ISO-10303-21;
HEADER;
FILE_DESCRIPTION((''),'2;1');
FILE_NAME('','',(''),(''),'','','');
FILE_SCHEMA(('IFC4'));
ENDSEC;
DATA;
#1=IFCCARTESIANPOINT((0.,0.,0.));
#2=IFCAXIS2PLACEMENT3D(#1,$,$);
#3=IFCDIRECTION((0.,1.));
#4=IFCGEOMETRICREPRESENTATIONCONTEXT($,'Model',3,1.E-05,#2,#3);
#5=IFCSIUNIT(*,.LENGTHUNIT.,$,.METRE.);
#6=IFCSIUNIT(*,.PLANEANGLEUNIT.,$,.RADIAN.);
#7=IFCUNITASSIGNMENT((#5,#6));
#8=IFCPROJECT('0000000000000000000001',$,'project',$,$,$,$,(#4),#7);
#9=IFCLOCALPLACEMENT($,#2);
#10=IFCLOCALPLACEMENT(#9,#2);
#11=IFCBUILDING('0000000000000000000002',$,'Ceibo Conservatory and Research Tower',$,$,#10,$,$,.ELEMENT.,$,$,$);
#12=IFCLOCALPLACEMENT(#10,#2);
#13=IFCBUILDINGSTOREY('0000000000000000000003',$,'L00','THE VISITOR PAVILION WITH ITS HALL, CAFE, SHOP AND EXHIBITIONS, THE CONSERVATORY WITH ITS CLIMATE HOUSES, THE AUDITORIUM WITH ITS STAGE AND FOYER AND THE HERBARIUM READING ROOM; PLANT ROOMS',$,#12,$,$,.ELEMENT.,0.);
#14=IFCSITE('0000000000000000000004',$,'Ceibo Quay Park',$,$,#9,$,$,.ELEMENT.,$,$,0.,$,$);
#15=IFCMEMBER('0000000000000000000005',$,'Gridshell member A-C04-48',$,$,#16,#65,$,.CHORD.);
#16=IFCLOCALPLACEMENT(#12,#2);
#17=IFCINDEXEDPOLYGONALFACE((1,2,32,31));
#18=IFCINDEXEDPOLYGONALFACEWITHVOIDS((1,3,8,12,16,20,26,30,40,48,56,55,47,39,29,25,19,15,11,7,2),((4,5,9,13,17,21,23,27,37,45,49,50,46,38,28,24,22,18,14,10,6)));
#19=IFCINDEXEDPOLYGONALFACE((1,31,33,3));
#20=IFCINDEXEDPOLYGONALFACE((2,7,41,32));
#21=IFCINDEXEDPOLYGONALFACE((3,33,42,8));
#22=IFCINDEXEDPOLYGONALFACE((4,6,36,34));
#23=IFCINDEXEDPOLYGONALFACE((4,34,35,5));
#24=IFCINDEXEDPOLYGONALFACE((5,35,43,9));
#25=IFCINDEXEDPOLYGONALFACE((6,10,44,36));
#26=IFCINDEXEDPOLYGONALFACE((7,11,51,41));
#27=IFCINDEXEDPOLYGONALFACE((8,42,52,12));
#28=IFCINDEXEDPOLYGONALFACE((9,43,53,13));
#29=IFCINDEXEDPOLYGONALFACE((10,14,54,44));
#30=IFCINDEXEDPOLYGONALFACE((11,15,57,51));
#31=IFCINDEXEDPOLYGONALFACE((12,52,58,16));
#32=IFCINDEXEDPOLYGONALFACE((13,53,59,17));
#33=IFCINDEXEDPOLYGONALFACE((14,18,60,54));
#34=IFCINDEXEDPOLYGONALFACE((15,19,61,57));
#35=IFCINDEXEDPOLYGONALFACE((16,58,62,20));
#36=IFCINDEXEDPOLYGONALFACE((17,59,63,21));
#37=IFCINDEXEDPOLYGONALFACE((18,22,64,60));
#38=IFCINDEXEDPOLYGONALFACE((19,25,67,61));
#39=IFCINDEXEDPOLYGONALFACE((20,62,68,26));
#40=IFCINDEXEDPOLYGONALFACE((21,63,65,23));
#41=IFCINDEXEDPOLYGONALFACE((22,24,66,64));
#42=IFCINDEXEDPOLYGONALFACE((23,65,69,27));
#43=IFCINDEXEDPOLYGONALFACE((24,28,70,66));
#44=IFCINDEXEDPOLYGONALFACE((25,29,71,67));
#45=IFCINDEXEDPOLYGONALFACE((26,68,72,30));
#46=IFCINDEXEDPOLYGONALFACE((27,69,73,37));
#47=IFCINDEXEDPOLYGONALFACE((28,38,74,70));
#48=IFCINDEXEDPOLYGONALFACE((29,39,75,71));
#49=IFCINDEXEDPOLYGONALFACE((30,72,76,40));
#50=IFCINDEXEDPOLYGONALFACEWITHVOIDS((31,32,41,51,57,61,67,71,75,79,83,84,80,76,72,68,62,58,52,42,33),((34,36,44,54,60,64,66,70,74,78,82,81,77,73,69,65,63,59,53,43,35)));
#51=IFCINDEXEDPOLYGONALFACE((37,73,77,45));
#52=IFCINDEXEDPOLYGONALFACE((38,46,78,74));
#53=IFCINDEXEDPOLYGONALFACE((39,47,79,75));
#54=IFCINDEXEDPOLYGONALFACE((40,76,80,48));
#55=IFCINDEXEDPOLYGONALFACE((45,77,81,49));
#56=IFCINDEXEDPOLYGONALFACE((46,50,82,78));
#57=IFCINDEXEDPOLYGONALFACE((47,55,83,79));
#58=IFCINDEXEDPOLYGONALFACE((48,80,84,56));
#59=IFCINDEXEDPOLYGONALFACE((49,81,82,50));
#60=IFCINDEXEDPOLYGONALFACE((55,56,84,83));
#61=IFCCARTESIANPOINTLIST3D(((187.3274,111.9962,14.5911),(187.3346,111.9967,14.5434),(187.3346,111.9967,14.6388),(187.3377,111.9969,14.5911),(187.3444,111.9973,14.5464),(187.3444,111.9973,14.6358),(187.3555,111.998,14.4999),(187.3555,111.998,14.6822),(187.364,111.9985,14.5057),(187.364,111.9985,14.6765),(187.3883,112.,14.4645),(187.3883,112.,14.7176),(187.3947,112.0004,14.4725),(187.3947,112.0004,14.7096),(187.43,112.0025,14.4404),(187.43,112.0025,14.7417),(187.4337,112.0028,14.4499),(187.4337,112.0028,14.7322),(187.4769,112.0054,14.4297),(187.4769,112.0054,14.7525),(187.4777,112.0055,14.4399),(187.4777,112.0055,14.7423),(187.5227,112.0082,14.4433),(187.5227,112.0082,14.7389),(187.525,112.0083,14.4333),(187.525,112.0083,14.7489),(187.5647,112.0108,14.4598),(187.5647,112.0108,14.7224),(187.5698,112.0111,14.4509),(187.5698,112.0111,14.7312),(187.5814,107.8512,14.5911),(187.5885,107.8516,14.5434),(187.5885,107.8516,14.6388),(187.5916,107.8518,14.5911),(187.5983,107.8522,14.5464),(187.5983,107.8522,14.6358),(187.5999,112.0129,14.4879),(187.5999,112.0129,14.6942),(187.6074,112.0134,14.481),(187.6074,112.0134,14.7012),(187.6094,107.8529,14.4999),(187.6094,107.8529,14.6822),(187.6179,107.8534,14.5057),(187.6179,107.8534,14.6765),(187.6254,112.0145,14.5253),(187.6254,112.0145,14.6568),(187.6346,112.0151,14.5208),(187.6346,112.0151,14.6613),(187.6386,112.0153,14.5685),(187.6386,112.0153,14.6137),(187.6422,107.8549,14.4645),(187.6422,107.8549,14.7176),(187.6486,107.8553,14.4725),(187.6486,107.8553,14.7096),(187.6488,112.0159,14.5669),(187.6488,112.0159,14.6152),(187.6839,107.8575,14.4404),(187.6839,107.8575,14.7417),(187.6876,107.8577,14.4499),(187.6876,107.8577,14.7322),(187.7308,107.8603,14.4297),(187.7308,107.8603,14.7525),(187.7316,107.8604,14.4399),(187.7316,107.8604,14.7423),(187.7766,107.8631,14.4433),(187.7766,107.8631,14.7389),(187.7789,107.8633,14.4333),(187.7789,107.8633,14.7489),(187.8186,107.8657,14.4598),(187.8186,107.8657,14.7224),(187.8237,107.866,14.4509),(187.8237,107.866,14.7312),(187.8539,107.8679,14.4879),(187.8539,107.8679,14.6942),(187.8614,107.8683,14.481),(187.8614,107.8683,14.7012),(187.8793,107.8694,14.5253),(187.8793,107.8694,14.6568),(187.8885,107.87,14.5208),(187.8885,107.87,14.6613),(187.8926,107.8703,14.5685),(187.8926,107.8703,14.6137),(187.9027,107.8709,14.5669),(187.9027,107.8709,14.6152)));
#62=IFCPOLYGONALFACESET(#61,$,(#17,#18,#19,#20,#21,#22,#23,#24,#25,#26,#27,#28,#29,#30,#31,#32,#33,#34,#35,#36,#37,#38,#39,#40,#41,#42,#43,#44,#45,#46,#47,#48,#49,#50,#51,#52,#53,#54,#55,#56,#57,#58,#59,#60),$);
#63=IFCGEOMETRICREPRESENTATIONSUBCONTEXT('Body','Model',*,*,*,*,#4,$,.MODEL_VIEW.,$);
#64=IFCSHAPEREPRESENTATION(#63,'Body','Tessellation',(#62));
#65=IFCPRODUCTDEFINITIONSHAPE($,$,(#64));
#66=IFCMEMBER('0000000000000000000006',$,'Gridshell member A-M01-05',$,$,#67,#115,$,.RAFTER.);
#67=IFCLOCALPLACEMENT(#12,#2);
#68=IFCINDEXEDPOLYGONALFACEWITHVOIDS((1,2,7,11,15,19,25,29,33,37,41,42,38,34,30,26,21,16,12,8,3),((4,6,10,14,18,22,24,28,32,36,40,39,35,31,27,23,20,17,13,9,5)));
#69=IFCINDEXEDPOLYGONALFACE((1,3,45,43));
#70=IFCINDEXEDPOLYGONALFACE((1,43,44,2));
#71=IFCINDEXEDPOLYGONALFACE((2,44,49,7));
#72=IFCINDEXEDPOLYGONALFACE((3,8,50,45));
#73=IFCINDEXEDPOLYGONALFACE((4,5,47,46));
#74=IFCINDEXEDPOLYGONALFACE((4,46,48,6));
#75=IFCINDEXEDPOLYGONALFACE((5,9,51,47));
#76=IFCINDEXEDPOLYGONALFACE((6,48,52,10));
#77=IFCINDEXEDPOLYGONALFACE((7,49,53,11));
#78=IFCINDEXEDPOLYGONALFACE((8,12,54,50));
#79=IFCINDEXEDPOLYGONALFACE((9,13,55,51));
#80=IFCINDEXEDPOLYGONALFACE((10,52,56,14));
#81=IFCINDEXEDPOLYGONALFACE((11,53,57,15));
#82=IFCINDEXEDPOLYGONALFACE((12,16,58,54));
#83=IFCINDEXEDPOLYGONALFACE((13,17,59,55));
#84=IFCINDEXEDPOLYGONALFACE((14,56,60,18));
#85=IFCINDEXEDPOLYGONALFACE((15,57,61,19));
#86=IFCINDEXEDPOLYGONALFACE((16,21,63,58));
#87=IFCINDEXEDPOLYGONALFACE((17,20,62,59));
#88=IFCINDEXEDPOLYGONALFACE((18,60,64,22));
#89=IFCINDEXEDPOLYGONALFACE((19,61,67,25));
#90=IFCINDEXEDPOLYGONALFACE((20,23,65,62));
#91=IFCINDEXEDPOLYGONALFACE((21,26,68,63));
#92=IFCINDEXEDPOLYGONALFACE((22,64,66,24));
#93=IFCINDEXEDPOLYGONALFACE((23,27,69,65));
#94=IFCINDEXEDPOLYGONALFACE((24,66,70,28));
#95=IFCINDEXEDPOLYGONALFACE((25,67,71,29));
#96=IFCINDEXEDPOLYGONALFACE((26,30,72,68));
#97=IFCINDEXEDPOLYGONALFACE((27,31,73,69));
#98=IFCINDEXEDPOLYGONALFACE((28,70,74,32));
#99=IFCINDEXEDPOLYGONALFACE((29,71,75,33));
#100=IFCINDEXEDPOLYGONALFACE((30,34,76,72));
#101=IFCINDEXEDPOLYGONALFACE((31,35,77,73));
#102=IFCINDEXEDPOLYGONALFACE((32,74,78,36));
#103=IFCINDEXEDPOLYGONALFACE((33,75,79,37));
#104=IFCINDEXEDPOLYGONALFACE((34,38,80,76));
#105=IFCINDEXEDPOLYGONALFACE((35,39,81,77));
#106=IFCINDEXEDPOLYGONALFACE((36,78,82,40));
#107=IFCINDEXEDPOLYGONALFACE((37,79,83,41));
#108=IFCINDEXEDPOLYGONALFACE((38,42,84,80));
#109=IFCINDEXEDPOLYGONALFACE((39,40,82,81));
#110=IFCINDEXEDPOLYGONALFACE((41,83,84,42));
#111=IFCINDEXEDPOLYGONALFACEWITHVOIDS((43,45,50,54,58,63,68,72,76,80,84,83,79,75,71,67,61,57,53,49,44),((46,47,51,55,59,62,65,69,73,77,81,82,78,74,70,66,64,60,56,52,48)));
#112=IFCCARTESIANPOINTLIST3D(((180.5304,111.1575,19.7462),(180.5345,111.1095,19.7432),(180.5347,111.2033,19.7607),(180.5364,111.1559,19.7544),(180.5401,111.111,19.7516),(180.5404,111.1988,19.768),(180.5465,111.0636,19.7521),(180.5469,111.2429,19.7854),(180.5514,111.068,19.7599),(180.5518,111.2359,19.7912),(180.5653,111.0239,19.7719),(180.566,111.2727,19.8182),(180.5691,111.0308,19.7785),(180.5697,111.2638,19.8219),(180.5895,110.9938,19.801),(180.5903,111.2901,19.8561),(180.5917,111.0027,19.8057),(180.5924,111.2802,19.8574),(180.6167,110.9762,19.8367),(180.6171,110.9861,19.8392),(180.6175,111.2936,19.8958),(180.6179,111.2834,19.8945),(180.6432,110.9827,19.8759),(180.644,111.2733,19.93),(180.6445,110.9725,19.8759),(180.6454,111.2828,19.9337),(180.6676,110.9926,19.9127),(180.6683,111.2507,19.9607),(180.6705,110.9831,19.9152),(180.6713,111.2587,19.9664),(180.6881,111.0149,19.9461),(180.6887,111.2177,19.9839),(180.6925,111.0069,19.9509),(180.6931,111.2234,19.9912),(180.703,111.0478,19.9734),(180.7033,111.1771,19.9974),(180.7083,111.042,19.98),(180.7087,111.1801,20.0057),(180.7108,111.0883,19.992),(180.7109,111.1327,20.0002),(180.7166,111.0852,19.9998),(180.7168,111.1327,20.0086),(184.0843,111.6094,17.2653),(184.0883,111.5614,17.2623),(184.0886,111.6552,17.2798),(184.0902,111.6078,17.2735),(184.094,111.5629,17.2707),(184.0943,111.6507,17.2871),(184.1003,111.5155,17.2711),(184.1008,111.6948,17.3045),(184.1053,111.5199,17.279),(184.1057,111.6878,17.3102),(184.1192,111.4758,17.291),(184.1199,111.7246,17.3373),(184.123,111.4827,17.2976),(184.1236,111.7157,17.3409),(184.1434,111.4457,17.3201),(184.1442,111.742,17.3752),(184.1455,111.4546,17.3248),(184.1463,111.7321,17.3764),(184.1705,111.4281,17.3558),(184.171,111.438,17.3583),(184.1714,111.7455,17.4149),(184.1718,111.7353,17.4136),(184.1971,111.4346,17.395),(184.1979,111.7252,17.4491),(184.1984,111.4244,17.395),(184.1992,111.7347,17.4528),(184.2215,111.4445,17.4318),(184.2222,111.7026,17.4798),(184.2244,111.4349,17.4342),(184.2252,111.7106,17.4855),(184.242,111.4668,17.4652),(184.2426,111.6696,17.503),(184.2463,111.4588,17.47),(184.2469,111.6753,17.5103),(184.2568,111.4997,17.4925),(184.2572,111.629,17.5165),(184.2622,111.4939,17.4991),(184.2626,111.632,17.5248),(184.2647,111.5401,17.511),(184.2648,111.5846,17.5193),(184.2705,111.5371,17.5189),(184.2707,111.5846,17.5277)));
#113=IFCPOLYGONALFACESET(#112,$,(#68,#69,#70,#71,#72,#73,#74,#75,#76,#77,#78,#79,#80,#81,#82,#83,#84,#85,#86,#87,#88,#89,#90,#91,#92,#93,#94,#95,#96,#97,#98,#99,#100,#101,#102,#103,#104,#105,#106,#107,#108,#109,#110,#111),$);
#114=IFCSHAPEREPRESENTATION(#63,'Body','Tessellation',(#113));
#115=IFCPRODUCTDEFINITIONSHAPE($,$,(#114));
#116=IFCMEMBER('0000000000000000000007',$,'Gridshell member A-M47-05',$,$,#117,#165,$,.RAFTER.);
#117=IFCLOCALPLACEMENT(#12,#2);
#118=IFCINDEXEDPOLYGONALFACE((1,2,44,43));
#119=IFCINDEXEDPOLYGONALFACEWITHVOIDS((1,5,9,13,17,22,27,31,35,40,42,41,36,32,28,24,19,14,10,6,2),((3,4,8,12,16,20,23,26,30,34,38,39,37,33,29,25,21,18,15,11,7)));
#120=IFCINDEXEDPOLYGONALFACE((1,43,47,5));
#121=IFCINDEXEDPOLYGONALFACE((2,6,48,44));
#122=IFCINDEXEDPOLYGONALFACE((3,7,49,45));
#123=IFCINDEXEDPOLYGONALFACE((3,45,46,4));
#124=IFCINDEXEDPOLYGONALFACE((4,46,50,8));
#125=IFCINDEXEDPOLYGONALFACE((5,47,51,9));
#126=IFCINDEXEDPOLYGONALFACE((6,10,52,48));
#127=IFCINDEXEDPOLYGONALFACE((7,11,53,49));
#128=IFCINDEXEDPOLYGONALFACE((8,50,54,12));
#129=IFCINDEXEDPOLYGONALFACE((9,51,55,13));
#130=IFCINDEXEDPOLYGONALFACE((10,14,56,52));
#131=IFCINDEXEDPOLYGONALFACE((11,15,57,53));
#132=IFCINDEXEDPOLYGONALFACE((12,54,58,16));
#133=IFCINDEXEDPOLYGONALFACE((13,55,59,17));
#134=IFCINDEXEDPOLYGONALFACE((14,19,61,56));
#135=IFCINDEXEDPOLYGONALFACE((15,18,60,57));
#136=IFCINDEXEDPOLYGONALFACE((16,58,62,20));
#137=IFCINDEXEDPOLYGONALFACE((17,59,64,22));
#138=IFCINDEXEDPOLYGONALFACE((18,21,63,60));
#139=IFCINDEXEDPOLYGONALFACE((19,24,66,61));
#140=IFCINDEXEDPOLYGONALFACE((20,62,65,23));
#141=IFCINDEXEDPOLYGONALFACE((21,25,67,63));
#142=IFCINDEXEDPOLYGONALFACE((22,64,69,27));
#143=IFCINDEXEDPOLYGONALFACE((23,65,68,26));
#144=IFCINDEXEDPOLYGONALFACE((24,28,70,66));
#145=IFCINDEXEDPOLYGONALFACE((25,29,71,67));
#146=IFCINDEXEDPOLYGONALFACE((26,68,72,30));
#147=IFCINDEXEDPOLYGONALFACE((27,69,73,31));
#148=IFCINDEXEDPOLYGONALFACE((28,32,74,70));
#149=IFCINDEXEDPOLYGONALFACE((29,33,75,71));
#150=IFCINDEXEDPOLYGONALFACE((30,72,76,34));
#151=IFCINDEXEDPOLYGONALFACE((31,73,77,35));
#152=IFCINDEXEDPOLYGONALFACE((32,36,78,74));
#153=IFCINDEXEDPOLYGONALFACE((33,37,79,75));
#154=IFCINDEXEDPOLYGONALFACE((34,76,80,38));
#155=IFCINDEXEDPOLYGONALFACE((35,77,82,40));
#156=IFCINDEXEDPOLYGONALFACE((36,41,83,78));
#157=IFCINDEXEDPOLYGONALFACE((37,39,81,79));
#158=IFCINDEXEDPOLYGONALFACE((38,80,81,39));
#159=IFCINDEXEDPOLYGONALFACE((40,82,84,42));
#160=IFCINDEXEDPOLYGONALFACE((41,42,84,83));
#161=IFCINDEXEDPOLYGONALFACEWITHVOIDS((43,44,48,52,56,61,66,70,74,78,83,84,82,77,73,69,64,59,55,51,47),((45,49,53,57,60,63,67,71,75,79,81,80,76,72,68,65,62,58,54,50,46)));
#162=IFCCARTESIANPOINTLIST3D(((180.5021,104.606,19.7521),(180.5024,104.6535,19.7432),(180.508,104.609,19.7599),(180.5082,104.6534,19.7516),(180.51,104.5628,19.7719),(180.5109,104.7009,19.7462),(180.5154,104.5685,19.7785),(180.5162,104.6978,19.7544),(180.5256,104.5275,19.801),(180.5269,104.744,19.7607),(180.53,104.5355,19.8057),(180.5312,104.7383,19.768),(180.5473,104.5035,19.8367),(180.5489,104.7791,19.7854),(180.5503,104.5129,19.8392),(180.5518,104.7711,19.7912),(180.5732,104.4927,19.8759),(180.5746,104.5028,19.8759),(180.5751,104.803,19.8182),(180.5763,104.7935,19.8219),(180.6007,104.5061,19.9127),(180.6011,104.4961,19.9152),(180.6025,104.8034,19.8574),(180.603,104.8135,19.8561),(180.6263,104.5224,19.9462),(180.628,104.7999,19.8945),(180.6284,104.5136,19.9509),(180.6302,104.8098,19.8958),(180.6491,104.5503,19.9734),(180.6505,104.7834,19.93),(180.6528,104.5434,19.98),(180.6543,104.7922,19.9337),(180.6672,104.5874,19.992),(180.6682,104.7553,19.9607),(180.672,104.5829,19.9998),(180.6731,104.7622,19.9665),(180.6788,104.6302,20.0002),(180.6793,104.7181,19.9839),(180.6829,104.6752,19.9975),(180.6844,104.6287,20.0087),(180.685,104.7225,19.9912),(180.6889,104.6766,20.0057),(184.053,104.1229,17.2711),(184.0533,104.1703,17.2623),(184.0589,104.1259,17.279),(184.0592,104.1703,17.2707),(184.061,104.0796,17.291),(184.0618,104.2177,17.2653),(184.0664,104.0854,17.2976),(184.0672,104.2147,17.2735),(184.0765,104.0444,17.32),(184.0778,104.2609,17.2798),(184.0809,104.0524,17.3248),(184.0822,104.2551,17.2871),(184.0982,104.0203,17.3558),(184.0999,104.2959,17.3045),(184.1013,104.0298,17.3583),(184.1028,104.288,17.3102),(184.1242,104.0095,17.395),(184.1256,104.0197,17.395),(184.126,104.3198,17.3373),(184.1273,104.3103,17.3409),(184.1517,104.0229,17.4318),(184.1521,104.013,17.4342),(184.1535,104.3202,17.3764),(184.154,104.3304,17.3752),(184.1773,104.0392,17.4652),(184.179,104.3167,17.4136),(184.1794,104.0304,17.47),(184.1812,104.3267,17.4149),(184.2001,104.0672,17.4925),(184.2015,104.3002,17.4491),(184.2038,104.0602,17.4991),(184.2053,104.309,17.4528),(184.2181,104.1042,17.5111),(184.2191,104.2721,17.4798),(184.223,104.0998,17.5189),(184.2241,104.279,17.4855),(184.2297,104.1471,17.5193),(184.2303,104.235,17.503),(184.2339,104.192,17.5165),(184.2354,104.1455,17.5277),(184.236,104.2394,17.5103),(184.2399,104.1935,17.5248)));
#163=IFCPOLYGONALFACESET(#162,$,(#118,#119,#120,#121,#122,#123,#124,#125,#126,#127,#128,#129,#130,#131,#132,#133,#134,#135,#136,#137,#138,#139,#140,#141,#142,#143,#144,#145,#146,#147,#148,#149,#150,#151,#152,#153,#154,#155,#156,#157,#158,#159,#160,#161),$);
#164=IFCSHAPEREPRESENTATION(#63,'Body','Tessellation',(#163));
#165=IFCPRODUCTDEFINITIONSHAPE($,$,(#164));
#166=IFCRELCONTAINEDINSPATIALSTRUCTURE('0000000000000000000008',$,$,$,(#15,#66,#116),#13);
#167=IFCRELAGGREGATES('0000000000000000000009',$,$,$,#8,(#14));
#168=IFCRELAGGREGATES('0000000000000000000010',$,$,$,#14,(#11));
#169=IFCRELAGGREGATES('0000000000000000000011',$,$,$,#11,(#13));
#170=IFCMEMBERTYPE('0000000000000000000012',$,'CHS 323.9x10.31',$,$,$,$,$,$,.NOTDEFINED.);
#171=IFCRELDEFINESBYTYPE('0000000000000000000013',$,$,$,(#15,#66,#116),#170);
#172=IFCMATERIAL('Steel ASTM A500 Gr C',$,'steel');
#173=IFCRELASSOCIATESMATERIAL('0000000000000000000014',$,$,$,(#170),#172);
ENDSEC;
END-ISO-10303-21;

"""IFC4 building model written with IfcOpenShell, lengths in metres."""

from ifc_helpers import new_model, si_unit, direction, frame, origin, origin_2d, place, context, subcontext, project, spatial, hollow_circle, extrude, material, material_profile, profile_set, type_object, element, save


model = new_model("IFC4")

# Units and contexts
model_context = context("Model", 3, precision=1e-05, world=origin(), true_north=direction((0.0, 1.0)))
body_context = subcontext(model_context, "Body", "Model", "MODEL_VIEW")
ifc_project = project(units=[si_unit("LENGTHUNIT", "METRE"), si_unit("PLANEANGLEUNIT", "RADIAN")], contexts=[model_context])

# Site, building, storey
site_placement = place(None, origin())
site = spatial("IfcSite", under=ifc_project, at=site_placement, Name="Ceibo Quay Park", CompositionType="ELEMENT", RefElevation=0.0)
building_placement = place(site_placement, origin())
building = spatial("IfcBuilding", under=site, at=building_placement, Name="Ceibo Conservatory and Research Tower", CompositionType="ELEMENT")
storey_placement = place(building_placement, origin())
storey = spatial("IfcBuildingStorey", under=building, at=storey_placement, Name="L00", Description="THE VISITOR PAVILION WITH ITS HALL, CAFE, SHOP AND EXHIBITIONS, THE CONSERVATORY WITH ITS CLIMATE HOUSES, THE AUDITORIUM WITH ITS STAGE AND FOYER AND THE HERBARIUM READING ROOM; PLANT ROOMS", CompositionType="ELEMENT", Elevation=0.0)

# Members
ifc_material_1 = material(Name="Steel ASTM A500 Gr C", Category="steel")
ifc_material_profile_1 = material_profile(ifc_material_1, hollow_circle(Radius=0.1619, WallThickness=0.0103, at=origin_2d()), Name="CHS 323.9x10.31")
ifc_profile_set_1 = profile_set([ifc_material_profile_1], Name="Steel ASTM A500 Gr C")
member_type_1 = type_object("IfcMemberType", Name="CHS 323.9x10.31", PredefinedType="NOTDEFINED", material=ifc_profile_set_1)
member_1_placement = place(storey_placement, frame((187.7429, 107.8611, 14.5911), z_axis=(-0.061141, 0.998129, 0.0), x_axis=(-0.998129, -0.061141, 0.0)))
element("IfcMember", 1, at=member_1_placement, inside=storey, type_object=member_type_1, Name="Gridshell member A-C04-48", PredefinedType="CHORD", context=body_context, shape_type="SweptSolid", body=[
    extrude(hollow_circle(Radius=0.1619, WallThickness=0.0103, at=origin_2d()), origin(), (0.0, 0.0, 1.0), 4.1528),
])
member_2_placement = place(storey_placement, frame((184.178, 111.585, 17.395), z_axis=(-0.815549, -0.103701, 0.569321), x_axis=(0.12614, -0.992012, 0.0)))
element("IfcMember", 2, at=member_2_placement, inside=storey, type_object=member_type_1, Name="Gridshell member A-M01-05", PredefinedType="RAFTER", context=body_context, shape_type="SweptSolid", body=[
    extrude(hollow_circle(Radius=0.1619, WallThickness=0.0103, at=origin_2d()), origin(), (0.0, 0.0, 1.0), 4.3577),
])
member_3_placement = place(storey_placement, frame((184.146, 104.1699, 17.395), z_axis=(-0.814696, 0.110848, 0.569195), x_axis=(-0.134818, -0.99087, 0.0)))
element("IfcMember", 3, at=member_3_placement, inside=storey, type_object=member_type_1, Name="Gridshell member A-M47-05", PredefinedType="RAFTER", context=body_context, shape_type="SweptSolid", body=[
    extrude(hollow_circle(Radius=0.1619, WallThickness=0.0103, at=origin_2d()), origin(), (0.0, 0.0, 1.0), 4.3586),
])

save(model, "model.ifc")
